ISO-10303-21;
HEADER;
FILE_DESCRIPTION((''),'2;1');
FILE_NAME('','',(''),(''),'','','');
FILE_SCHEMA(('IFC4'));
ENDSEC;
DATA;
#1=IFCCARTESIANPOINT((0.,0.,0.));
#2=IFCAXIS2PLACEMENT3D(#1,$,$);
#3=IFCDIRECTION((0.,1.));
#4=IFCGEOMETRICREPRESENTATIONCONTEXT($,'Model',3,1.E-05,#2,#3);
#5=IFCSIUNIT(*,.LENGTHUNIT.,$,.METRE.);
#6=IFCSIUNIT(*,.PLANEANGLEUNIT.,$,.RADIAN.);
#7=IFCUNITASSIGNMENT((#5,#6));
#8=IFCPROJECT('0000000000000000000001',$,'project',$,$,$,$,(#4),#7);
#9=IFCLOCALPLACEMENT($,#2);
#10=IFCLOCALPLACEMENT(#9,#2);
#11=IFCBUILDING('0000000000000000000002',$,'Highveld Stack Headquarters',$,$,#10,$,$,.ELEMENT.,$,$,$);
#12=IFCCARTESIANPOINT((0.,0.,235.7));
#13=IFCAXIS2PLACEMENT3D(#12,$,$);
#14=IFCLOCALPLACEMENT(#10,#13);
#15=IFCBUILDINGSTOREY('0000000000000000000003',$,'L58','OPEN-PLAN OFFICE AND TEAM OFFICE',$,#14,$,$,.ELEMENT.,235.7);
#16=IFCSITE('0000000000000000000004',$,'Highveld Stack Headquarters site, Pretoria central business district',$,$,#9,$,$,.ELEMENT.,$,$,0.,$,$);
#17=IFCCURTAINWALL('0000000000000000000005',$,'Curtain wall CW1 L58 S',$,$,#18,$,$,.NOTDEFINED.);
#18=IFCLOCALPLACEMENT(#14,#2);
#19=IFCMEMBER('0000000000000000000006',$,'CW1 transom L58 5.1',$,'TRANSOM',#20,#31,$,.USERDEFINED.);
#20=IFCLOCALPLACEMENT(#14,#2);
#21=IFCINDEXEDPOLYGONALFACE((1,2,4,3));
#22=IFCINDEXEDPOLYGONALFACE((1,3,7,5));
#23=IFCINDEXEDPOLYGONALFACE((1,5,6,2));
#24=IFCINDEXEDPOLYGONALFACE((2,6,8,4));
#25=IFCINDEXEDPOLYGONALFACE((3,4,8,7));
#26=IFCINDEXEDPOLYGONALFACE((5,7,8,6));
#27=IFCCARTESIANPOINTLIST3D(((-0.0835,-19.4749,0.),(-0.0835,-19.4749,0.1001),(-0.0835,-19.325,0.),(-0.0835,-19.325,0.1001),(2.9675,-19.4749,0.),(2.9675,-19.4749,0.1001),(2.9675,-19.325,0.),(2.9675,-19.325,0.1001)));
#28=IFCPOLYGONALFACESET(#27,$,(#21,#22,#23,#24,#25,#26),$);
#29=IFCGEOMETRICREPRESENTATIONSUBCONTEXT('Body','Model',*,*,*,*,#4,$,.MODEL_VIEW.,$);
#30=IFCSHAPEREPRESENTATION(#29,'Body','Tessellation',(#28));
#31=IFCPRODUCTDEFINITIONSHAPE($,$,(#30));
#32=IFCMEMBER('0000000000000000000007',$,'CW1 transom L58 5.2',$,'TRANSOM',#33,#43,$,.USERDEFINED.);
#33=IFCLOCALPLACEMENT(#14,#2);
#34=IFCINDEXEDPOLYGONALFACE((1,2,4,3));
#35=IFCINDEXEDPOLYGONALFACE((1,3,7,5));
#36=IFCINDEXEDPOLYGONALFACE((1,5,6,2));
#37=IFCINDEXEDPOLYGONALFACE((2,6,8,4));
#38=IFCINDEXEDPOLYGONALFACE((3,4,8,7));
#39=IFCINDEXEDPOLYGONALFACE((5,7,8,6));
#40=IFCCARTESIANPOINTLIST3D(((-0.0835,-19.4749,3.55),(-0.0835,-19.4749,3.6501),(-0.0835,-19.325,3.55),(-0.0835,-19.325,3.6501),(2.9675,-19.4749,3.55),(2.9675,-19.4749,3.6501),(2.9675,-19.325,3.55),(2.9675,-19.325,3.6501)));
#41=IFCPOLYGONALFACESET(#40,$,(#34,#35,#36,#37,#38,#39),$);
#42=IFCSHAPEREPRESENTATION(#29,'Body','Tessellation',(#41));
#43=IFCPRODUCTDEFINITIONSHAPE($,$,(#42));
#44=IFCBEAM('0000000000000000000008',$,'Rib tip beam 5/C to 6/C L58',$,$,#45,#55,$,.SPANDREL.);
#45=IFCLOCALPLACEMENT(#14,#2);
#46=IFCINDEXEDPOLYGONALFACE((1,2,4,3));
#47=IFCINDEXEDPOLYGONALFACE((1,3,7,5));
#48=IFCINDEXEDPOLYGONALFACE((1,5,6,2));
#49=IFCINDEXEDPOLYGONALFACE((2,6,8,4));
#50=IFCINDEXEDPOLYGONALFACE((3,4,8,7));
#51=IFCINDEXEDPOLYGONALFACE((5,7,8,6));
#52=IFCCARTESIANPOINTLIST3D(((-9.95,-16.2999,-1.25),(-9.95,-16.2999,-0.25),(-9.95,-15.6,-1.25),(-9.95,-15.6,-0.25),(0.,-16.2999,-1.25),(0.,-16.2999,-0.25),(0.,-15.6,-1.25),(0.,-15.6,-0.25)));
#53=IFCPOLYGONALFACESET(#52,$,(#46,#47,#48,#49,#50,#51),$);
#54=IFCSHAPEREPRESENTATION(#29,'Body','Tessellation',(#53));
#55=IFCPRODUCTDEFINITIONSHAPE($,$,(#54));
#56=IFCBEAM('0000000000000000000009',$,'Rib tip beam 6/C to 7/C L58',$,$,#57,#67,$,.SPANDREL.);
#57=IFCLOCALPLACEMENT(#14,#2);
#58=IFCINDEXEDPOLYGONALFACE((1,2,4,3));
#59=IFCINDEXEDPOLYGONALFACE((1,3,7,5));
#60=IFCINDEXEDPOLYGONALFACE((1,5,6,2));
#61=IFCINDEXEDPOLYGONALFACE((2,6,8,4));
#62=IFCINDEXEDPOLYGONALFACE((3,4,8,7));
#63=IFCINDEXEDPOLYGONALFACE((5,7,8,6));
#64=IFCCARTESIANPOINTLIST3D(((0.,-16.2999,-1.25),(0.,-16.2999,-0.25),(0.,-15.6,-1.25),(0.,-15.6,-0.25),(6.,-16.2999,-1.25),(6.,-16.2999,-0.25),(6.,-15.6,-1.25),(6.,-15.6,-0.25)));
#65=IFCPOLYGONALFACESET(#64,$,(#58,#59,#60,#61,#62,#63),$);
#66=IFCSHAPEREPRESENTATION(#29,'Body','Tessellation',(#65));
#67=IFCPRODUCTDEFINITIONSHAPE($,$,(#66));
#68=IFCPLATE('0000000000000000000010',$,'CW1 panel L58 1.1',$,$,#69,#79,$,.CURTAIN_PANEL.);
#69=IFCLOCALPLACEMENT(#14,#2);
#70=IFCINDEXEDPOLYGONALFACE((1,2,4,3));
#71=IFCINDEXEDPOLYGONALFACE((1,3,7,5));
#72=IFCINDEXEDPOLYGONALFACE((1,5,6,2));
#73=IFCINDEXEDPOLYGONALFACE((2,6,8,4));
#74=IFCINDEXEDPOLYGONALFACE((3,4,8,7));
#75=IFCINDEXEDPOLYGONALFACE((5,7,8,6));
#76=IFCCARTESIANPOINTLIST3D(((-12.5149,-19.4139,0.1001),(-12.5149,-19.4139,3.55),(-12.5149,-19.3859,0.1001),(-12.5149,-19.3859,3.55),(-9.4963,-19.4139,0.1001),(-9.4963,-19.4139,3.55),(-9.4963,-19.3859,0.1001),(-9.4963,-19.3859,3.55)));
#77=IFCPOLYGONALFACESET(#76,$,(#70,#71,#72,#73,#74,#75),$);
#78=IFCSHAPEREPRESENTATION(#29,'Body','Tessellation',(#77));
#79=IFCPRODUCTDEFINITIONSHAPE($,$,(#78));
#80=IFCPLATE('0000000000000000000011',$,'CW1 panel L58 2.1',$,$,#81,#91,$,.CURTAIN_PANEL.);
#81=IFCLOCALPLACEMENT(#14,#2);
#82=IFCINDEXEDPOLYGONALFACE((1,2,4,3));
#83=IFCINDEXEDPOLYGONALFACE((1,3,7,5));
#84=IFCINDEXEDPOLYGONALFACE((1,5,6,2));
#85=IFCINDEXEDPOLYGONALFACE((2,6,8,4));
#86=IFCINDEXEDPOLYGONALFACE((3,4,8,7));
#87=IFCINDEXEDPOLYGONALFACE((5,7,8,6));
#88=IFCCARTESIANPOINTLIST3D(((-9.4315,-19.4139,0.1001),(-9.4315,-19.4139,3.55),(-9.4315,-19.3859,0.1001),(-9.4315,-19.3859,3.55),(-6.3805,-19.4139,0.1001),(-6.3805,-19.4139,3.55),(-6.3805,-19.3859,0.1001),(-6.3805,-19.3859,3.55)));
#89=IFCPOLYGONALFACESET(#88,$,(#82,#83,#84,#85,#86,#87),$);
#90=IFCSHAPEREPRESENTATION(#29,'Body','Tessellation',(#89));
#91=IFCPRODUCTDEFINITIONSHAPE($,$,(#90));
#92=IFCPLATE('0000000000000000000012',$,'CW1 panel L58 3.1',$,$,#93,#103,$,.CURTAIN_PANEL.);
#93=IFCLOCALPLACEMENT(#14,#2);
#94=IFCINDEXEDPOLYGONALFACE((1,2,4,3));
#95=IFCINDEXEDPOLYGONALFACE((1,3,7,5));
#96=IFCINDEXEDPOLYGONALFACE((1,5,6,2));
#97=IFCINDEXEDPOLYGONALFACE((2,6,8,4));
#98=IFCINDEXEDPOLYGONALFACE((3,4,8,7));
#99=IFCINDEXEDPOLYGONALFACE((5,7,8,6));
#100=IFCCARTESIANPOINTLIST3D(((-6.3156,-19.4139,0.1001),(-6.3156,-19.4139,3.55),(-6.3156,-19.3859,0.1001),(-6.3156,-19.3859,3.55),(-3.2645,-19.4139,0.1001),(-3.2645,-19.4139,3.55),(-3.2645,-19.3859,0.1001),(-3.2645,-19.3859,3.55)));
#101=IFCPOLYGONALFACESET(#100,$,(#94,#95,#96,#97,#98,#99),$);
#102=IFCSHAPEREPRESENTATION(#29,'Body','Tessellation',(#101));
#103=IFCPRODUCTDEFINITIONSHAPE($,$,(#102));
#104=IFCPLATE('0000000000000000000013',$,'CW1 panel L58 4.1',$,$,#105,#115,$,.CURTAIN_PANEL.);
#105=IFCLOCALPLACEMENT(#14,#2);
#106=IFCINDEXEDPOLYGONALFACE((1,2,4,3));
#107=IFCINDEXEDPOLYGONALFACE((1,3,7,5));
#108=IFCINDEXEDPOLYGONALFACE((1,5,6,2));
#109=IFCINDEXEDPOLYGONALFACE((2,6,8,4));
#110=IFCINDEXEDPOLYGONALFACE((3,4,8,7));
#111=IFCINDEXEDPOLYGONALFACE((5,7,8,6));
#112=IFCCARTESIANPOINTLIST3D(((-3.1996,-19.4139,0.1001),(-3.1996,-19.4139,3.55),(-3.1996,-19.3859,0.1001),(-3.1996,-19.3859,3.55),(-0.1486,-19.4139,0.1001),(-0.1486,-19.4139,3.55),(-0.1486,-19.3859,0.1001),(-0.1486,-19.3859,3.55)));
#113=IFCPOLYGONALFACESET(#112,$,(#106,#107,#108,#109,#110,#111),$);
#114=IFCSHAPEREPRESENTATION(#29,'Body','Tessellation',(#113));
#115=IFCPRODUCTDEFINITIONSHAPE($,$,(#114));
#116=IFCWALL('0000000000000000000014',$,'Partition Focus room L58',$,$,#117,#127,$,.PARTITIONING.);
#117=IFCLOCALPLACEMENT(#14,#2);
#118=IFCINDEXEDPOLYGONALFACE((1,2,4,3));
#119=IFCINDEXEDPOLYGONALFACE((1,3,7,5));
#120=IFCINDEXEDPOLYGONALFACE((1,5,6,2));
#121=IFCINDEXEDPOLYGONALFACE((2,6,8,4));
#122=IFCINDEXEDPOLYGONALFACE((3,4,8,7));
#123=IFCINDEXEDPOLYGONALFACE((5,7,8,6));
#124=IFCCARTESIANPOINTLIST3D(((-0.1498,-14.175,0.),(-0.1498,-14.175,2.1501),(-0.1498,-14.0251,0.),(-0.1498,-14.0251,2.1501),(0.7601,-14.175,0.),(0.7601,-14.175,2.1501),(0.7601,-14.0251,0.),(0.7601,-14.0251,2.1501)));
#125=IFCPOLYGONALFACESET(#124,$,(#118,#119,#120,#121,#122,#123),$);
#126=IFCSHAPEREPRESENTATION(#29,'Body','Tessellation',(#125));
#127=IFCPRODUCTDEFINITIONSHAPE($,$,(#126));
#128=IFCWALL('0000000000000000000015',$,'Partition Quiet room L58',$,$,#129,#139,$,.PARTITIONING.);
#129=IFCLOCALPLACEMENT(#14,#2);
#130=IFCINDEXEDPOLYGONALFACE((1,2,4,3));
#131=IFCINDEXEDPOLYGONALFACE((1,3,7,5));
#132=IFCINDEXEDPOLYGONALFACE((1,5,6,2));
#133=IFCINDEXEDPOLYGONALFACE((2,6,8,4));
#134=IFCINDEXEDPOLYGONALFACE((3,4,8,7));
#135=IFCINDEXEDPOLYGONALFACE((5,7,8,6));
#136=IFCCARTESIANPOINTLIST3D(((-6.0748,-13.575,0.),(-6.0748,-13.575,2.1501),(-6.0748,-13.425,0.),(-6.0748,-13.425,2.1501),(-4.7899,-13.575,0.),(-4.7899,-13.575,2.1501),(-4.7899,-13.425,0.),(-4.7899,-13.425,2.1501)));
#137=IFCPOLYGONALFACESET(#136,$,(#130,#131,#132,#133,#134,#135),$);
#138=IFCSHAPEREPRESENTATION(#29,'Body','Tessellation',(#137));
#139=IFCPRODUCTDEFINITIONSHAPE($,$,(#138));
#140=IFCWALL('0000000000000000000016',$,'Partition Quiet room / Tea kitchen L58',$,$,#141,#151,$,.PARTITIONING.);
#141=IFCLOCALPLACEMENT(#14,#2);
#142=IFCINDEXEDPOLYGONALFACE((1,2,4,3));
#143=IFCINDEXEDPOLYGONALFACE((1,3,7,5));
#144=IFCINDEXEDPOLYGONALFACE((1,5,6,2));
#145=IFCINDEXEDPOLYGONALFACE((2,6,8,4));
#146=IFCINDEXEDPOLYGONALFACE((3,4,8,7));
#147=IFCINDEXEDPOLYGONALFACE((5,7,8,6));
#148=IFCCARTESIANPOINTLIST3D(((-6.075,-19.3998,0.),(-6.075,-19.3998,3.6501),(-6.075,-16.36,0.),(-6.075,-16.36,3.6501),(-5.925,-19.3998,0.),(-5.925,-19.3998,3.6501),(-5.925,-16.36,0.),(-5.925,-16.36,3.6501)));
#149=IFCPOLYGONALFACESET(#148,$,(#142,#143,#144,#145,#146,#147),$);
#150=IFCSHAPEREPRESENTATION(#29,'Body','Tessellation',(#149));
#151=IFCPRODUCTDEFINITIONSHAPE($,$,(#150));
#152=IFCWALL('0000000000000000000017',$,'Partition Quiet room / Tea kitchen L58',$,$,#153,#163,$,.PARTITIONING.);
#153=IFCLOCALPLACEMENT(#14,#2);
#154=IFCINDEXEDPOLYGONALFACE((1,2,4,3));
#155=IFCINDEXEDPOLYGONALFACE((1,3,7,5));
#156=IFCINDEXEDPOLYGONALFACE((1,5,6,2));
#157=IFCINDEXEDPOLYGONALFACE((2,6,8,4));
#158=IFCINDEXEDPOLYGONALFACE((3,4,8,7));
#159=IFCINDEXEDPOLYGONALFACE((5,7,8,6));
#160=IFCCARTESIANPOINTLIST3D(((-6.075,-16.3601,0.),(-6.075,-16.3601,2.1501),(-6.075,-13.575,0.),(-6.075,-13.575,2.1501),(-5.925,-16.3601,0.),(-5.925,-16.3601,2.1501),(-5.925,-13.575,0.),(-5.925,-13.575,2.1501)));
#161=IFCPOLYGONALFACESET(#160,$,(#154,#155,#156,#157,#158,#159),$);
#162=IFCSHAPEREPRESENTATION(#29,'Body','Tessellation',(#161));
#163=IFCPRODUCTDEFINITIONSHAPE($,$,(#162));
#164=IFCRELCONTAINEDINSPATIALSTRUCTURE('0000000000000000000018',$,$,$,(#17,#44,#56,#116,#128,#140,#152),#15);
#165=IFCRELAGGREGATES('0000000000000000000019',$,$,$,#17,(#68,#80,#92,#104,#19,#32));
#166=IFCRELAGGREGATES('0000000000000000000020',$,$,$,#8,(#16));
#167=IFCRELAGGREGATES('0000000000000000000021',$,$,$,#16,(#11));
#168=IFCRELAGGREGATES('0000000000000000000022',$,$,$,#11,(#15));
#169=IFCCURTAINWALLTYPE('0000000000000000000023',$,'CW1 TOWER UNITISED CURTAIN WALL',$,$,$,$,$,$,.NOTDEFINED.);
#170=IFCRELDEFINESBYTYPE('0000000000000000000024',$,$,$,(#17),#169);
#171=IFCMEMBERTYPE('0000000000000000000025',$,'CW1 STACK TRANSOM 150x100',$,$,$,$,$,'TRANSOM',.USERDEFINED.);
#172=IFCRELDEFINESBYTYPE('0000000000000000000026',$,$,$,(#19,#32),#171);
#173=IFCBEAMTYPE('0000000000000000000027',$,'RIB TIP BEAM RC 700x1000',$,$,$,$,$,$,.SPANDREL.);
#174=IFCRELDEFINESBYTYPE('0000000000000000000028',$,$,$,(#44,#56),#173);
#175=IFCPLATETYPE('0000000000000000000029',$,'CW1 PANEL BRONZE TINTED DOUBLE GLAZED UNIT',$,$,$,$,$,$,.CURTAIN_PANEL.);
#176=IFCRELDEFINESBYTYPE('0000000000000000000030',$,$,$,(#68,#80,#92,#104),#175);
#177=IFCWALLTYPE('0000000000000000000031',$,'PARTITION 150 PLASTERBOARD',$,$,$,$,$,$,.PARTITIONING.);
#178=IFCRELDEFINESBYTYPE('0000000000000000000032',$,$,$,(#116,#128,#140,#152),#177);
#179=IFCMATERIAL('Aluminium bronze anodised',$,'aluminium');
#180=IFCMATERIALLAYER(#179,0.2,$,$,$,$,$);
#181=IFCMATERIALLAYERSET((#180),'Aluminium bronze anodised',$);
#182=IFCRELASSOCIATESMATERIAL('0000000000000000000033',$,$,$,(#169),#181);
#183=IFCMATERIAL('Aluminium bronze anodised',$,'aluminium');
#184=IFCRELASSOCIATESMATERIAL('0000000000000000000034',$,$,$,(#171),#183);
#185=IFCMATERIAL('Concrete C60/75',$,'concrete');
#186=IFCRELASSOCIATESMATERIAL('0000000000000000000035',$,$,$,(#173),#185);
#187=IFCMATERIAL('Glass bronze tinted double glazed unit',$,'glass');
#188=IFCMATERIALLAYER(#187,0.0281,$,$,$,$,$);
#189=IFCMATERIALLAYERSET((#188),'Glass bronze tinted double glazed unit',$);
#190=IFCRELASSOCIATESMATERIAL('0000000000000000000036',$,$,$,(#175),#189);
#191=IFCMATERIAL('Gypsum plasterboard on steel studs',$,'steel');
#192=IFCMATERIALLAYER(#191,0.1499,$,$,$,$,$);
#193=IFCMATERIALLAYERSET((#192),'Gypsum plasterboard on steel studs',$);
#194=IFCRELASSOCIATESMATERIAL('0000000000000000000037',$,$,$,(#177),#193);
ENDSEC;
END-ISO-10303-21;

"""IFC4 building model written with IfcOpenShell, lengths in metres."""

from ifc_helpers import new_model, si_unit, direction, frame, frame_2d, origin, origin_2d, place, context, subcontext, project, spatial, rectangle, extrude, material, layer, layer_set, material_profile, profile_set, type_object, element, aggregate, save


model = new_model("IFC4")

# Units and contexts
model_context = context("Model", 3, precision=1e-05, world=origin(), true_north=direction((0.0, 1.0)))
body_context = subcontext(model_context, "Body", "Model", "MODEL_VIEW")
ifc_project = project(units=[si_unit("LENGTHUNIT", "METRE"), si_unit("PLANEANGLEUNIT", "RADIAN")], contexts=[model_context])

# Site, building, storey
site_placement = place(None, origin())
site = spatial("IfcSite", under=ifc_project, at=site_placement, Name="Highveld Stack Headquarters site, Pretoria central business district", CompositionType="ELEMENT", RefElevation=0.0)
building_placement = place(site_placement, origin())
building = spatial("IfcBuilding", under=site, at=building_placement, Name="Highveld Stack Headquarters", CompositionType="ELEMENT")
storey_placement = place(building_placement, frame((0.0, 0.0, 235.7)))
storey = spatial("IfcBuildingStorey", under=building, at=storey_placement, Name="L58", Description="OPEN-PLAN OFFICE AND TEAM OFFICE", CompositionType="ELEMENT", Elevation=235.7)

# Curtain wall, members
ifc_material_1 = material(Name="Aluminium bronze anodised", Category="aluminium")
ifc_layer_1 = layer(ifc_material_1, 0.2)
ifc_layer_set_1 = layer_set([ifc_layer_1], Name="Aluminium bronze anodised")
curtain_wall_type = type_object("IfcCurtainWallType", Name="CW1 TOWER UNITISED CURTAIN WALL", PredefinedType="NOTDEFINED", material=ifc_layer_set_1)
curtain_wall_placement = place(storey_placement, origin())
curtain_wall = element("IfcCurtainWall", 1, at=curtain_wall_placement, inside=storey, type_object=curtain_wall_type, Name="Curtain wall CW1 L58 S", PredefinedType="NOTDEFINED")
ifc_material_2 = material(Name="Aluminium bronze anodised", Category="aluminium")
ifc_material_profile_1 = material_profile(ifc_material_2, rectangle(XDim=0.1499, YDim=0.1001, at=origin_2d()), Name="CW1 TRANSOM 150x100")
ifc_profile_set_1 = profile_set([ifc_material_profile_1], Name="Aluminium bronze anodised")
member_type_1 = type_object("IfcMemberType", Name="CW1 STACK TRANSOM 150x100", ElementType="TRANSOM", PredefinedType="USERDEFINED", material=ifc_profile_set_1)
member_1_placement = place(storey_placement, frame((-0.0835, -19.3999, 0.05), z_axis=(1.0, 0.0, 0.0), x_axis=(0.0, 1.0, 0.0)))
member_1 = element("IfcMember", 2, at=member_1_placement, type_object=member_type_1, Name="CW1 transom L58 5.1", ObjectType="TRANSOM", PredefinedType="USERDEFINED", context=body_context, shape_type="SweptSolid", body=[
    extrude(rectangle(XDim=0.1499, YDim=0.1001, at=origin_2d()), origin(), (0.0, 0.0, 1.0), 3.051),
])
member_2_placement = place(storey_placement, frame((-0.0835, -19.3999, 3.6001), z_axis=(1.0, 0.0, 0.0), x_axis=(0.0, 1.0, 0.0)))
member_2 = element("IfcMember", 3, at=member_2_placement, type_object=member_type_1, Name="CW1 transom L58 5.2", ObjectType="TRANSOM", PredefinedType="USERDEFINED", context=body_context, shape_type="SweptSolid", body=[
    extrude(rectangle(XDim=0.1499, YDim=0.1001, at=origin_2d()), origin(), (0.0, 0.0, 1.0), 3.051),
])

# Beams
ifc_material_3 = material(Name="Concrete C60/75", Category="concrete")
ifc_material_profile_2 = material_profile(ifc_material_3, rectangle(XDim=0.7, YDim=1.0, at=origin_2d()), Name="RC 700x1000")
ifc_profile_set_2 = profile_set([ifc_material_profile_2], Name="Concrete C60/75")
beam_type = type_object("IfcBeamType", Name="RIB TIP BEAM RC 700x1000", PredefinedType="SPANDREL", material=ifc_profile_set_2)
beam_1_placement = place(storey_placement, frame((-9.95, -15.95, -0.75), z_axis=(1.0, 0.0, 0.0), x_axis=(0.0, 1.0, 0.0)))
element("IfcBeam", 4, at=beam_1_placement, inside=storey, type_object=beam_type, Name="Rib tip beam 5/C to 6/C L58", PredefinedType="SPANDREL", context=body_context, shape_type="SweptSolid", body=[
    extrude(rectangle(XDim=0.7, YDim=1.0, at=origin_2d()), origin(), (0.0, 0.0, 1.0), 9.95),
])
beam_2_placement = place(storey_placement, frame((0.0, -15.95, -0.75), z_axis=(1.0, 0.0, 0.0), x_axis=(0.0, 1.0, 0.0)))
element("IfcBeam", 5, at=beam_2_placement, inside=storey, type_object=beam_type, Name="Rib tip beam 6/C to 7/C L58", PredefinedType="SPANDREL", context=body_context, shape_type="SweptSolid", body=[
    extrude(rectangle(XDim=0.7, YDim=1.0, at=origin_2d()), origin(), (0.0, 0.0, 1.0), 6.0),
])

# Plates
ifc_material_4 = material(Name="Glass bronze tinted double glazed unit", Category="glass")
ifc_layer_2 = layer(ifc_material_4, 0.0281)
ifc_layer_set_2 = layer_set([ifc_layer_2], Name="Glass bronze tinted double glazed unit")
plate_type = type_object("IfcPlateType", Name="CW1 PANEL BRONZE TINTED DOUBLE GLAZED UNIT", PredefinedType="CURTAIN_PANEL", material=ifc_layer_set_2)
plate_1_placement = place(storey_placement, frame((-11.0056, -19.3999, 0.1001), z_axis=(0.0, 0.0, 1.0), x_axis=(1.0, 0.0, 0.0)))
plate_1 = element("IfcPlate", 6, at=plate_1_placement, type_object=plate_type, Name="CW1 panel L58 1.1", PredefinedType="CURTAIN_PANEL", context=body_context, shape_type="SweptSolid", body=[
    extrude(rectangle(XDim=3.0186, YDim=0.0281, at=origin_2d()), origin(), (0.0, 0.0, 1.0), 3.45),
])
plate_2_placement = place(storey_placement, frame((-7.906, -19.3999, 0.1001), z_axis=(0.0, 0.0, 1.0), x_axis=(1.0, 0.0, 0.0)))
plate_2 = element("IfcPlate", 7, at=plate_2_placement, type_object=plate_type, Name="CW1 panel L58 2.1", PredefinedType="CURTAIN_PANEL", context=body_context, shape_type="SweptSolid", body=[
    extrude(rectangle(XDim=3.051, YDim=0.0281, at=origin_2d()), origin(), (0.0, 0.0, 1.0), 3.45),
])
plate_3_placement = place(storey_placement, frame((-4.79, -19.3999, 0.1001), z_axis=(0.0, 0.0, 1.0), x_axis=(1.0, 0.0, 0.0)))
plate_3 = element("IfcPlate", 8, at=plate_3_placement, type_object=plate_type, Name="CW1 panel L58 3.1", PredefinedType="CURTAIN_PANEL", context=body_context, shape_type="SweptSolid", body=[
    extrude(rectangle(XDim=3.051, YDim=0.0281, at=origin_2d()), origin(), (0.0, 0.0, 1.0), 3.45),
])
plate_4_placement = place(storey_placement, frame((-1.6741, -19.3999, 0.1001), z_axis=(0.0, 0.0, 1.0), x_axis=(1.0, 0.0, 0.0)))
plate_4 = element("IfcPlate", 9, at=plate_4_placement, type_object=plate_type, Name="CW1 panel L58 4.1", PredefinedType="CURTAIN_PANEL", context=body_context, shape_type="SweptSolid", body=[
    extrude(rectangle(XDim=3.051, YDim=0.0281, at=origin_2d()), origin(), (0.0, 0.0, 1.0), 3.45),
])
aggregate(curtain_wall, [plate_1, plate_2, plate_3, plate_4, member_1, member_2])

# Walls
ifc_material_5 = material(Name="Gypsum plasterboard on steel studs", Category="steel")
ifc_layer_3 = layer(ifc_material_5, 0.1499)
ifc_layer_set_3 = layer_set([ifc_layer_3], Name="Gypsum plasterboard on steel studs")
wall_type = type_object("IfcWallType", Name="PARTITION 150 PLASTERBOARD", PredefinedType="PARTITIONING", material=ifc_layer_set_3)
wall_1_placement = place(storey_placement, frame((-0.1499, -14.1001, 0.0), z_axis=(0.0, 0.0, 1.0), x_axis=(1.0, 0.0, 0.0)))
element("IfcWall", 10, at=wall_1_placement, inside=storey, type_object=wall_type, Name="Partition Focus room L58", PredefinedType="PARTITIONING", context=body_context, shape_type="SweptSolid", body=[
    extrude(rectangle(XDim=0.9099, YDim=0.1499, at=frame_2d((0.4551, 0.0))), origin(), (0.0, 0.0, 1.0), 2.1501),
])
wall_2_placement = place(storey_placement, frame((-6.075, -13.5, 0.0), z_axis=(0.0, 0.0, 1.0), x_axis=(1.0, 0.0, 0.0)))
element("IfcWall", 11, at=wall_2_placement, inside=storey, type_object=wall_type, Name="Partition Quiet room L58", PredefinedType="PARTITIONING", context=body_context, shape_type="SweptSolid", body=[
    extrude(rectangle(XDim=1.2849, YDim=0.1499, at=frame_2d((0.6426, 0.0))), origin(), (0.0, 0.0, 1.0), 2.1501),
])
wall_3_placement = place(storey_placement, frame((-6.0, -19.3999, 0.0), z_axis=(0.0, 0.0, 1.0), x_axis=(0.0, 1.0, 0.0)))
element("IfcWall", 12, at=wall_3_placement, inside=storey, type_object=wall_type, Name="Partition Quiet room / Tea kitchen L58", PredefinedType="PARTITIONING", context=body_context, shape_type="SweptSolid", body=[
    extrude(rectangle(XDim=3.0398, YDim=0.1499, at=frame_2d((1.52, 0.0))), origin(), (0.0, 0.0, 1.0), 3.6501),
])
wall_4_placement = place(storey_placement, frame((-6.0, -16.3601, 0.0), z_axis=(0.0, 0.0, 1.0), x_axis=(0.0, 1.0, 0.0)))
element("IfcWall", 13, at=wall_4_placement, inside=storey, type_object=wall_type, Name="Partition Quiet room / Tea kitchen L58", PredefinedType="PARTITIONING", context=body_context, shape_type="SweptSolid", body=[
    extrude(rectangle(XDim=2.7852, YDim=0.1499, at=frame_2d((1.3926, 0.0))), origin(), (0.0, 0.0, 1.0), 2.1501),
])

save(model, "model.ifc")
